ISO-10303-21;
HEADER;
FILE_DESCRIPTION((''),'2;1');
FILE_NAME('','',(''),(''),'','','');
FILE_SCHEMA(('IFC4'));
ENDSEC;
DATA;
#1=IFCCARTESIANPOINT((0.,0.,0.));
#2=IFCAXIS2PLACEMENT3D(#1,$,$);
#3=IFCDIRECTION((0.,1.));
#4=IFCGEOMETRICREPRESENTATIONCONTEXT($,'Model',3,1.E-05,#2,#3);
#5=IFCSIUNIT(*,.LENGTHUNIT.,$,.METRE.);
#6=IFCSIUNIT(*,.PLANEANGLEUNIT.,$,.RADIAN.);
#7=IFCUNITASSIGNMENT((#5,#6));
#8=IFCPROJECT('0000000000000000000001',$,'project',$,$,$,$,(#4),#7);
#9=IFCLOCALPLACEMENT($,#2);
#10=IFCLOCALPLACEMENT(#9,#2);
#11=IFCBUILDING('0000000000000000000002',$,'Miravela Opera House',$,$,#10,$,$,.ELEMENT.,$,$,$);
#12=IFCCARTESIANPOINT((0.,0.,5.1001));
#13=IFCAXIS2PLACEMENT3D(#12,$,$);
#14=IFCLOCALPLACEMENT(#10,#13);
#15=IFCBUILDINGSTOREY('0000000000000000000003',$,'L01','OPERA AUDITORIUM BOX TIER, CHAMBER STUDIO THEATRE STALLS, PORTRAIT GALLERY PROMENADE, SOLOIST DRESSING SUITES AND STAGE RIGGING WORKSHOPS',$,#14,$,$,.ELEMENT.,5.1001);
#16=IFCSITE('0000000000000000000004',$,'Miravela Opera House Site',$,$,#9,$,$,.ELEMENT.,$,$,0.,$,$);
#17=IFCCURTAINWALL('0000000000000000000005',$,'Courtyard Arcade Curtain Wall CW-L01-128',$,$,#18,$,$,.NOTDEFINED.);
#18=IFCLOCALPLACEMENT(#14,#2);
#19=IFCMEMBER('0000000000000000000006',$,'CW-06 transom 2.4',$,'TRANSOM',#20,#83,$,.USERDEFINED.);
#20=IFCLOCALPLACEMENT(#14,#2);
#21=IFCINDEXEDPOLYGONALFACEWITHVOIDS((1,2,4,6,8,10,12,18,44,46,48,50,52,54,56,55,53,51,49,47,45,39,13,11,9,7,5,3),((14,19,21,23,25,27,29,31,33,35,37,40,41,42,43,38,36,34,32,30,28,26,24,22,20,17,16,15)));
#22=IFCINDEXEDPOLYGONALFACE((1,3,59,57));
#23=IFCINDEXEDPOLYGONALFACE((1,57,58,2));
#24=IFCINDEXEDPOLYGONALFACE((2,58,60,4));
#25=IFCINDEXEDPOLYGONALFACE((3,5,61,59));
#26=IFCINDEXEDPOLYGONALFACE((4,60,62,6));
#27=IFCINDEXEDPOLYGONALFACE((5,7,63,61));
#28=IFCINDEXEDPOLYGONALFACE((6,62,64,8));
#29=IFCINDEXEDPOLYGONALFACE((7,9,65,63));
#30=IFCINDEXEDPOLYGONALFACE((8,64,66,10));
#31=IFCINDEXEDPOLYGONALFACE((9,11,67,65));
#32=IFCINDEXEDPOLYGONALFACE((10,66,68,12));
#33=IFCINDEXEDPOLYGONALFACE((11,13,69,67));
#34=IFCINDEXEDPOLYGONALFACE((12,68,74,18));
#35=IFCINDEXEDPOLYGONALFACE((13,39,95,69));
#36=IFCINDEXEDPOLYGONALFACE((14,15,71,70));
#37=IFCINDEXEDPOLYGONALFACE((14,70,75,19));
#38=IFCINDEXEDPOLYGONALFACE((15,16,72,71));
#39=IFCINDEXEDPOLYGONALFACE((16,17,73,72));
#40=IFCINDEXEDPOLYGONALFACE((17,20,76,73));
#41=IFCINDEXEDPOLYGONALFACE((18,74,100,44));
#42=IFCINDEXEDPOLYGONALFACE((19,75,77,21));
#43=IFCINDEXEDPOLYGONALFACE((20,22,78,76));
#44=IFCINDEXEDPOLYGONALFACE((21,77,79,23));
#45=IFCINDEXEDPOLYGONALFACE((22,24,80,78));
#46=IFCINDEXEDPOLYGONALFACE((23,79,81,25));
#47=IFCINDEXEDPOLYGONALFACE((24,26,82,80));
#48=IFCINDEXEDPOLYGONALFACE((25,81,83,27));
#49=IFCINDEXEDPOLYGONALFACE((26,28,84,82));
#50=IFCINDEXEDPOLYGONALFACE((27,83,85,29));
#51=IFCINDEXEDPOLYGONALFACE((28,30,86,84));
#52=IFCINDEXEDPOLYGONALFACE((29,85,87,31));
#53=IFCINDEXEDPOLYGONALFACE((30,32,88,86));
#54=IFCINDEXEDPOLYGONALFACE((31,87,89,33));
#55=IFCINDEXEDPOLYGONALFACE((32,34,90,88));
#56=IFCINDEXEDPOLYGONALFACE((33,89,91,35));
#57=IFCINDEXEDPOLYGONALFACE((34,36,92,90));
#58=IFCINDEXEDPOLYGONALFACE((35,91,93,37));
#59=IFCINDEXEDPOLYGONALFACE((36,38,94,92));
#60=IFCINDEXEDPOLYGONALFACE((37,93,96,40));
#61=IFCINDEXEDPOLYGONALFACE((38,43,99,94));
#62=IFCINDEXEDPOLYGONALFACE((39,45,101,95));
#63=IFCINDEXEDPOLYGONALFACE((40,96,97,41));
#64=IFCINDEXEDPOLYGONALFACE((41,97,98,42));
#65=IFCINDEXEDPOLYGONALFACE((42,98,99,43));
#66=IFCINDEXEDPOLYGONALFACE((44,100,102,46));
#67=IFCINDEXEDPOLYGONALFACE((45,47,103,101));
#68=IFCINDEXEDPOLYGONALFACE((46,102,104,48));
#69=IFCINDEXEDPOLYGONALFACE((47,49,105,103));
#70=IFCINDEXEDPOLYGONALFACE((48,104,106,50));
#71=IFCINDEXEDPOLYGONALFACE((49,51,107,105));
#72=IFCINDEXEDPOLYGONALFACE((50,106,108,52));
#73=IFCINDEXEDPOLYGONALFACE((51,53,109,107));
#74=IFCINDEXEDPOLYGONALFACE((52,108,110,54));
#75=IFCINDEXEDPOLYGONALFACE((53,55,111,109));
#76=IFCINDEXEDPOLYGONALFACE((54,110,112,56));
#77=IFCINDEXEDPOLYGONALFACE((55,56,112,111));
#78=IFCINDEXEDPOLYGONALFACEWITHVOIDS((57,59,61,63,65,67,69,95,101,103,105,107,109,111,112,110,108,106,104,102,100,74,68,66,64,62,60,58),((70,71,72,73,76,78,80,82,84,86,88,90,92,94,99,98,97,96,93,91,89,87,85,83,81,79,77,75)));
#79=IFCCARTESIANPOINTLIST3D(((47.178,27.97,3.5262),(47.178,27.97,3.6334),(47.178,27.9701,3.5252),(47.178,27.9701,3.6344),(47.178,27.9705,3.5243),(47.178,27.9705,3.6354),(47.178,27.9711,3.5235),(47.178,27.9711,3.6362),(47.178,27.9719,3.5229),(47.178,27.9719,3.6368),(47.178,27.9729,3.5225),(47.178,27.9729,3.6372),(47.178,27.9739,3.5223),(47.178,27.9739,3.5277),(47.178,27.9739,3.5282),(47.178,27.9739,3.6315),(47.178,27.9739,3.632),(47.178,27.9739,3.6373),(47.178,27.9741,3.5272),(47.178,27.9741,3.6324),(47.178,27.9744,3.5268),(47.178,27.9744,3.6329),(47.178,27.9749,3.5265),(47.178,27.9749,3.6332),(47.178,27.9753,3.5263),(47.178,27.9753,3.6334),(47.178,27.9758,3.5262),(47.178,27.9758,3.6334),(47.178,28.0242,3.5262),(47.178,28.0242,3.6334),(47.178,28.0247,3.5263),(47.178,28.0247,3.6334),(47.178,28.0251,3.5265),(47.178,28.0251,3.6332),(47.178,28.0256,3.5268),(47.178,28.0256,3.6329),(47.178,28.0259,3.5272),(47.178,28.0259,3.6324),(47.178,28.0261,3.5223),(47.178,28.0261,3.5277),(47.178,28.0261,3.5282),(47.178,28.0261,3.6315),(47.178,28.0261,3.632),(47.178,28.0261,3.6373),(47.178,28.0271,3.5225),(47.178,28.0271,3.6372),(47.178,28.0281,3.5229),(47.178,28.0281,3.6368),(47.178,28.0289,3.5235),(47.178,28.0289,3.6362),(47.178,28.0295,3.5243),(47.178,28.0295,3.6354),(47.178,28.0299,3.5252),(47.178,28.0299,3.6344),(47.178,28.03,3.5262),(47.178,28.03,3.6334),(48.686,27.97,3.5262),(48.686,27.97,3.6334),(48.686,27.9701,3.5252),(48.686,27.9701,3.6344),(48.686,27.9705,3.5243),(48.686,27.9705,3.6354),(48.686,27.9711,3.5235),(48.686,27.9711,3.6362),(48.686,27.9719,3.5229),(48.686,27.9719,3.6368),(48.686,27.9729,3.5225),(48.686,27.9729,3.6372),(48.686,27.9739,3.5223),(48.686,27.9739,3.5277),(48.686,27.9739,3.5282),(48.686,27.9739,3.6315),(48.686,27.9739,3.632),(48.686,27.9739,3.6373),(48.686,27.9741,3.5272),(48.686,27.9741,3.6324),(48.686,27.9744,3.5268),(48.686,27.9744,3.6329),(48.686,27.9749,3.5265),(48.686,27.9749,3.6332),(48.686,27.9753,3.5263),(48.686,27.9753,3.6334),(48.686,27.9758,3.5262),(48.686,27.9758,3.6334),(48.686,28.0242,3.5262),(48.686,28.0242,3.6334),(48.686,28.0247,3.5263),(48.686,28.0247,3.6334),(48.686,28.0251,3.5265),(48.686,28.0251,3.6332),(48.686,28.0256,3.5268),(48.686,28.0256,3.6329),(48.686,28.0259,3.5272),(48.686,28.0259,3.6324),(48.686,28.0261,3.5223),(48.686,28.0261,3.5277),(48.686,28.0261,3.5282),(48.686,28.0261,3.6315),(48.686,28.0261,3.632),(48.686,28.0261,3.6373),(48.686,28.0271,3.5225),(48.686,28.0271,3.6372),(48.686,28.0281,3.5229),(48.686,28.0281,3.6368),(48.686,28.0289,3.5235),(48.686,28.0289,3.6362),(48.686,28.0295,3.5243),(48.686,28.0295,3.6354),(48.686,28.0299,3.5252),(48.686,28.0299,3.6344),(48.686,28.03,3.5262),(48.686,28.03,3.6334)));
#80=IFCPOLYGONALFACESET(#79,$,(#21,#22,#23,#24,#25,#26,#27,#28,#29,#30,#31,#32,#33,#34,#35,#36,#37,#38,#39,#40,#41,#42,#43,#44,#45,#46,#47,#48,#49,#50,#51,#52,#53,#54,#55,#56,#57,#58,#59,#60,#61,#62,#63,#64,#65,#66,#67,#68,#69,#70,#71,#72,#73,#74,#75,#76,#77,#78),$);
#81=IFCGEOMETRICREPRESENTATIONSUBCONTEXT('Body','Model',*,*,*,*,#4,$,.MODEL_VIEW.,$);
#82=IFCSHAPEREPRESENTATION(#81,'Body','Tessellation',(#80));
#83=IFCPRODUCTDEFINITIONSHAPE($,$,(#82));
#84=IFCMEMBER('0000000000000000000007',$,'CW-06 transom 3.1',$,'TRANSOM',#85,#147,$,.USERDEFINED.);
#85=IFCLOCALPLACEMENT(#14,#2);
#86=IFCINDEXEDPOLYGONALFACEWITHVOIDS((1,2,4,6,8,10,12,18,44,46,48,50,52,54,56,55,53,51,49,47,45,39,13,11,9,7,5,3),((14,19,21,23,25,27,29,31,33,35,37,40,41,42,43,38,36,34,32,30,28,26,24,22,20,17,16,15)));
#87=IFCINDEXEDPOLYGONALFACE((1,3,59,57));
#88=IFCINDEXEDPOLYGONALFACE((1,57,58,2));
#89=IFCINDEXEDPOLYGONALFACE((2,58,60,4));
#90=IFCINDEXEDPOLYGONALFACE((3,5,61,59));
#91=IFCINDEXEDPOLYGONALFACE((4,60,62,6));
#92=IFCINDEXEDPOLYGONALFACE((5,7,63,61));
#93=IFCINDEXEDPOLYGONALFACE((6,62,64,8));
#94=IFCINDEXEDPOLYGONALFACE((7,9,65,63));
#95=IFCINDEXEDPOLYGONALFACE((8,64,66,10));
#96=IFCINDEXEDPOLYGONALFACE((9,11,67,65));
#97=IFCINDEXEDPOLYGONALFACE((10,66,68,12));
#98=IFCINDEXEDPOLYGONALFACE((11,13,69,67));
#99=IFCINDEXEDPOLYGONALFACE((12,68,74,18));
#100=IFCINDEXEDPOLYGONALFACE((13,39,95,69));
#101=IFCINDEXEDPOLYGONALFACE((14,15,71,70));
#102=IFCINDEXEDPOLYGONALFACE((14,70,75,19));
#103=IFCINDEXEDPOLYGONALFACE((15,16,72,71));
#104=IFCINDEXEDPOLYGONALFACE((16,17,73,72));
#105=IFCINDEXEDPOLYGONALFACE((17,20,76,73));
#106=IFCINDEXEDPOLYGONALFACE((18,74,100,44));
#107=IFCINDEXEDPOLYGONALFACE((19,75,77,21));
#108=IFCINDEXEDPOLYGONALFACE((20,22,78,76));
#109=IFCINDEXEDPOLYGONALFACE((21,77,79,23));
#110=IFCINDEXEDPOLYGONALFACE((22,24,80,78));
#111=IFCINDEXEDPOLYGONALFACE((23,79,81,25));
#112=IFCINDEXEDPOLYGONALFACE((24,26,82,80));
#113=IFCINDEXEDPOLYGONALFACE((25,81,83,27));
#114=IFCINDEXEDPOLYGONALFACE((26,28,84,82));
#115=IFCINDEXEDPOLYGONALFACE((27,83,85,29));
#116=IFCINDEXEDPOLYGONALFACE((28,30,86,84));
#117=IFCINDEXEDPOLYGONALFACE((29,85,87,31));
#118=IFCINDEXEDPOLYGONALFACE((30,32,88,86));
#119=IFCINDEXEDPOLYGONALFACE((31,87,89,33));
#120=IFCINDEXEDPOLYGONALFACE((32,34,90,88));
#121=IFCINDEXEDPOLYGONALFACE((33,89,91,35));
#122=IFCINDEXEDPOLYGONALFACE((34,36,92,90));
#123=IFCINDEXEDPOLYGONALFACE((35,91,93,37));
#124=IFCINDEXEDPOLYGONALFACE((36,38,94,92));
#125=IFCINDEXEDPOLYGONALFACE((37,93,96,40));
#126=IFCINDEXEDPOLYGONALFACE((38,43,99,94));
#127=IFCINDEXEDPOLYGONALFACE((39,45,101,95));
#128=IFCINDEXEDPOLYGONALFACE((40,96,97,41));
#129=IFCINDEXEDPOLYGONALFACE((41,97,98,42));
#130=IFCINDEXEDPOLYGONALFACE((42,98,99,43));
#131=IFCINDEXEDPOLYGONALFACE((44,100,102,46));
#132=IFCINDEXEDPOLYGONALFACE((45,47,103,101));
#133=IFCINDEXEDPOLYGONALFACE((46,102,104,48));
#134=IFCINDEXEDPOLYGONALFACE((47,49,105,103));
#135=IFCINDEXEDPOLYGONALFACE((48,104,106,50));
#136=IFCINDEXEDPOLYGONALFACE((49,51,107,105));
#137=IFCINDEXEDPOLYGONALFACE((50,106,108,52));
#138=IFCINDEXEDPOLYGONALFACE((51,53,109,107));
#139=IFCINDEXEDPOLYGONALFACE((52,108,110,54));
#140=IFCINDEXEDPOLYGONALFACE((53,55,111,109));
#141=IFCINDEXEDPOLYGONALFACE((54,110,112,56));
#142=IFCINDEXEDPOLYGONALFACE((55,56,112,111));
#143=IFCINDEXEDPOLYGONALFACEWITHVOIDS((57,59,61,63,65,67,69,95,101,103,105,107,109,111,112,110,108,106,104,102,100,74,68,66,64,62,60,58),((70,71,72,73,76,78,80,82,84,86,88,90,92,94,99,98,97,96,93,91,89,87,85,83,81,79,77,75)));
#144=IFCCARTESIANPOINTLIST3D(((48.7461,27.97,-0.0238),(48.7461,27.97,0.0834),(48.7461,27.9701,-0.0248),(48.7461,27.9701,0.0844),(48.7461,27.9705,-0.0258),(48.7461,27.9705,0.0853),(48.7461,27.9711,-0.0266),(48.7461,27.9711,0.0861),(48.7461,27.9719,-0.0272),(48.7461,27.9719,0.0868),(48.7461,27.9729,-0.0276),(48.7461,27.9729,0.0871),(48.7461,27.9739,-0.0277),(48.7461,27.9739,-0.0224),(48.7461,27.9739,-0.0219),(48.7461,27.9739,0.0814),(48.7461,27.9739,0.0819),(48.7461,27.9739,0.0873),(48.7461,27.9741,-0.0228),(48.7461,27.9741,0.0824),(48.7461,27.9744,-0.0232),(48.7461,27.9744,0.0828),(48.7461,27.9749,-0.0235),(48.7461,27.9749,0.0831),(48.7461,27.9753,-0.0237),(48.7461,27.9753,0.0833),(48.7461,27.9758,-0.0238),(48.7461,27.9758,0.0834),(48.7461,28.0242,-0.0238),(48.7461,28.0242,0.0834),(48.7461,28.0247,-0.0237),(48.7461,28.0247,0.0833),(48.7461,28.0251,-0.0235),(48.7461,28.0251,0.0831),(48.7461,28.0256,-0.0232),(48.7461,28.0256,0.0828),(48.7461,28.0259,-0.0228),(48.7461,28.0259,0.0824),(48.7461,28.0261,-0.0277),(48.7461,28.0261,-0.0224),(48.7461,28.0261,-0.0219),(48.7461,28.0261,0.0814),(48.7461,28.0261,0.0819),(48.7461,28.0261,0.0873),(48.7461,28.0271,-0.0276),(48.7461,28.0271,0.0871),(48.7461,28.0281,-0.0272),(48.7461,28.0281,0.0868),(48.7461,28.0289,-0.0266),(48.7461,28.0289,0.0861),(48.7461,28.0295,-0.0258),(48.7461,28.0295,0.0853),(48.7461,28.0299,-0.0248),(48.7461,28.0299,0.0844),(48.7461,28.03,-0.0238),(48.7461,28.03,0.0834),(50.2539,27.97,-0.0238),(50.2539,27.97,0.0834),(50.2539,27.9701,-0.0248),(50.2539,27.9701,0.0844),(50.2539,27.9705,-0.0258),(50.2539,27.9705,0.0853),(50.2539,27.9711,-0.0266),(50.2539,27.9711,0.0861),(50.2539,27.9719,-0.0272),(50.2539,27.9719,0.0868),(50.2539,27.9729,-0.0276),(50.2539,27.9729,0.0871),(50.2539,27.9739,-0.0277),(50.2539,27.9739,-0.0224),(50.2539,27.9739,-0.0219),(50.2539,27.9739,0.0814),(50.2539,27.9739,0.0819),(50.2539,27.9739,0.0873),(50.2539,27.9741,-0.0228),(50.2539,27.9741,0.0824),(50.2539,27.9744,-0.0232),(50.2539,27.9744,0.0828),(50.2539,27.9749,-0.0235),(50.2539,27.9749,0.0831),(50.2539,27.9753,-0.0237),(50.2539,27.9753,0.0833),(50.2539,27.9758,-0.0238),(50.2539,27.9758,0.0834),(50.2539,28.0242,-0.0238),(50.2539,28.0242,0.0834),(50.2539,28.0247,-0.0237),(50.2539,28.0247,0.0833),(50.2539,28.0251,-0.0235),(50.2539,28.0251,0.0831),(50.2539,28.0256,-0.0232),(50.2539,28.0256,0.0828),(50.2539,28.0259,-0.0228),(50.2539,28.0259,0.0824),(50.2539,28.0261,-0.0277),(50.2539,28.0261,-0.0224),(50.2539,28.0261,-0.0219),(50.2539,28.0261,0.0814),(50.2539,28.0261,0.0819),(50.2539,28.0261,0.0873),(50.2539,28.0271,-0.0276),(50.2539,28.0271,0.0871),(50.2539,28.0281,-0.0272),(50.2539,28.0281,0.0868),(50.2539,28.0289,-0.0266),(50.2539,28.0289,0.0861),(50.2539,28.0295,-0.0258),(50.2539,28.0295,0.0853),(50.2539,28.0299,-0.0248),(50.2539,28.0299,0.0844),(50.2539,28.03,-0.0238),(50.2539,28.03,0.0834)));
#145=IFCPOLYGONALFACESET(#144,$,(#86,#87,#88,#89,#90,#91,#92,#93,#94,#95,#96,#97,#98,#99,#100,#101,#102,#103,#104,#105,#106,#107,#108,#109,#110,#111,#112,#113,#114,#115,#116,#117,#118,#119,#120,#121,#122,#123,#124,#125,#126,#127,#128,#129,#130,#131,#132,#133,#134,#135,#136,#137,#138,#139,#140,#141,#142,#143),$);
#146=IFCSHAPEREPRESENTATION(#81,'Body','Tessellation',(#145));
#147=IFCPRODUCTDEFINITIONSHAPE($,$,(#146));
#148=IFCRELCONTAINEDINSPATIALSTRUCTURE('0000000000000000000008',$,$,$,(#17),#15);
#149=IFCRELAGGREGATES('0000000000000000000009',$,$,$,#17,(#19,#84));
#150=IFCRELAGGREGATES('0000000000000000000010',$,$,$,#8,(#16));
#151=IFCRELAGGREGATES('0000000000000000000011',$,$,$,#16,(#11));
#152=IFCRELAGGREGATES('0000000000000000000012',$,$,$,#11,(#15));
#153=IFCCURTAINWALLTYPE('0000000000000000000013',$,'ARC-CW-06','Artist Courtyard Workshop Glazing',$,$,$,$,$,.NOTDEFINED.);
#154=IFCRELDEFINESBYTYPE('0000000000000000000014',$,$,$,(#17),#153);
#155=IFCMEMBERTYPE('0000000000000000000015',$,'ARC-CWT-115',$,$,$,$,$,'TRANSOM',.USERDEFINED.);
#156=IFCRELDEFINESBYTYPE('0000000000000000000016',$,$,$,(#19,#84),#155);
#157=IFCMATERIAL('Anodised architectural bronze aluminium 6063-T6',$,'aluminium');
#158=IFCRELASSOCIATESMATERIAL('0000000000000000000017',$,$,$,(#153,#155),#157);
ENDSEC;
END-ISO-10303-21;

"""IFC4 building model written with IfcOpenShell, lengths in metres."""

from ifc_helpers import new_model, si_unit, direction, frame, origin, origin_2d, place, context, subcontext, project, spatial, hollow_rectangle, extrude, material, material_profile, profile_set, type_object, element, aggregate, save


model = new_model("IFC4")

# Units and contexts
model_context = context("Model", 3, precision=1e-05, world=origin(), true_north=direction((0.0, 1.0)))
body_context = subcontext(model_context, "Body", "Model", "MODEL_VIEW")
ifc_project = project(units=[si_unit("LENGTHUNIT", "METRE"), si_unit("PLANEANGLEUNIT", "RADIAN")], contexts=[model_context])

# Site, building, storey
site_placement = place(None, origin())
site = spatial("IfcSite", under=ifc_project, at=site_placement, Name="Miravela Opera House Site", CompositionType="ELEMENT", RefElevation=0.0)
building_placement = place(site_placement, origin())
building = spatial("IfcBuilding", under=site, at=building_placement, Name="Miravela Opera House", CompositionType="ELEMENT")
storey_placement = place(building_placement, frame((0.0, 0.0, 5.1001)))
storey = spatial("IfcBuildingStorey", under=building, at=storey_placement, Name="L01", Description="OPERA AUDITORIUM BOX TIER, CHAMBER STUDIO THEATRE STALLS, PORTRAIT GALLERY PROMENADE, SOLOIST DRESSING SUITES AND STAGE RIGGING WORKSHOPS", CompositionType="ELEMENT", Elevation=5.1001)

# Curtain wall, members
ifc_material_1 = material(Name="Anodised architectural bronze aluminium 6063-T6", Category="aluminium")
curtain_wall_type = type_object("IfcCurtainWallType", Name="ARC-CW-06", Description="Artist Courtyard Workshop Glazing", PredefinedType="NOTDEFINED", material=ifc_material_1)
curtain_wall_placement = place(storey_placement, origin())
curtain_wall = element("IfcCurtainWall", 1, at=curtain_wall_placement, inside=storey, type_object=curtain_wall_type, Name="Courtyard Arcade Curtain Wall CW-L01-128", PredefinedType="NOTDEFINED")
ifc_material_profile_1 = material_profile(ifc_material_1, hollow_rectangle(XDim=0.0601, YDim=0.115, WallThickness=0.0039, InnerFilletRadius=0.002, OuterFilletRadius=0.0039, at=origin_2d()), Name="CWT-60X115")
ifc_profile_set_1 = profile_set([ifc_material_profile_1])
member_type_1 = type_object("IfcMemberType", Name="ARC-CWT-115", ElementType="TRANSOM", PredefinedType="USERDEFINED", material=ifc_profile_set_1)
member_1_placement = place(storey_placement, frame((47.178, 28.0, 3.5798), z_axis=(1.0, 0.0, 0.0), x_axis=(0.0, 1.0, 0.0)))
member_1 = element("IfcMember", 2, at=member_1_placement, type_object=member_type_1, Name="CW-06 transom 2.4", ObjectType="TRANSOM", PredefinedType="USERDEFINED", context=body_context, shape_type="SweptSolid", body=[
    extrude(hollow_rectangle(XDim=0.0601, YDim=0.115, WallThickness=0.0039, InnerFilletRadius=0.002, OuterFilletRadius=0.0039, at=origin_2d()), origin(), (0.0, 0.0, 1.0), 1.5081),
])
member_2_placement = place(storey_placement, frame((48.7461, 28.0, 0.0298), z_axis=(1.0, 0.0, 0.0), x_axis=(0.0, 1.0, 0.0)))
member_2 = element("IfcMember", 3, at=member_2_placement, type_object=member_type_1, Name="CW-06 transom 3.1", ObjectType="TRANSOM", PredefinedType="USERDEFINED", context=body_context, shape_type="SweptSolid", body=[
    extrude(hollow_rectangle(XDim=0.0601, YDim=0.115, WallThickness=0.0039, InnerFilletRadius=0.002, OuterFilletRadius=0.0039, at=origin_2d()), origin(), (0.0, 0.0, 1.0), 1.5078),
])
aggregate(curtain_wall, [member_1, member_2])

save(model, "model.ifc")
